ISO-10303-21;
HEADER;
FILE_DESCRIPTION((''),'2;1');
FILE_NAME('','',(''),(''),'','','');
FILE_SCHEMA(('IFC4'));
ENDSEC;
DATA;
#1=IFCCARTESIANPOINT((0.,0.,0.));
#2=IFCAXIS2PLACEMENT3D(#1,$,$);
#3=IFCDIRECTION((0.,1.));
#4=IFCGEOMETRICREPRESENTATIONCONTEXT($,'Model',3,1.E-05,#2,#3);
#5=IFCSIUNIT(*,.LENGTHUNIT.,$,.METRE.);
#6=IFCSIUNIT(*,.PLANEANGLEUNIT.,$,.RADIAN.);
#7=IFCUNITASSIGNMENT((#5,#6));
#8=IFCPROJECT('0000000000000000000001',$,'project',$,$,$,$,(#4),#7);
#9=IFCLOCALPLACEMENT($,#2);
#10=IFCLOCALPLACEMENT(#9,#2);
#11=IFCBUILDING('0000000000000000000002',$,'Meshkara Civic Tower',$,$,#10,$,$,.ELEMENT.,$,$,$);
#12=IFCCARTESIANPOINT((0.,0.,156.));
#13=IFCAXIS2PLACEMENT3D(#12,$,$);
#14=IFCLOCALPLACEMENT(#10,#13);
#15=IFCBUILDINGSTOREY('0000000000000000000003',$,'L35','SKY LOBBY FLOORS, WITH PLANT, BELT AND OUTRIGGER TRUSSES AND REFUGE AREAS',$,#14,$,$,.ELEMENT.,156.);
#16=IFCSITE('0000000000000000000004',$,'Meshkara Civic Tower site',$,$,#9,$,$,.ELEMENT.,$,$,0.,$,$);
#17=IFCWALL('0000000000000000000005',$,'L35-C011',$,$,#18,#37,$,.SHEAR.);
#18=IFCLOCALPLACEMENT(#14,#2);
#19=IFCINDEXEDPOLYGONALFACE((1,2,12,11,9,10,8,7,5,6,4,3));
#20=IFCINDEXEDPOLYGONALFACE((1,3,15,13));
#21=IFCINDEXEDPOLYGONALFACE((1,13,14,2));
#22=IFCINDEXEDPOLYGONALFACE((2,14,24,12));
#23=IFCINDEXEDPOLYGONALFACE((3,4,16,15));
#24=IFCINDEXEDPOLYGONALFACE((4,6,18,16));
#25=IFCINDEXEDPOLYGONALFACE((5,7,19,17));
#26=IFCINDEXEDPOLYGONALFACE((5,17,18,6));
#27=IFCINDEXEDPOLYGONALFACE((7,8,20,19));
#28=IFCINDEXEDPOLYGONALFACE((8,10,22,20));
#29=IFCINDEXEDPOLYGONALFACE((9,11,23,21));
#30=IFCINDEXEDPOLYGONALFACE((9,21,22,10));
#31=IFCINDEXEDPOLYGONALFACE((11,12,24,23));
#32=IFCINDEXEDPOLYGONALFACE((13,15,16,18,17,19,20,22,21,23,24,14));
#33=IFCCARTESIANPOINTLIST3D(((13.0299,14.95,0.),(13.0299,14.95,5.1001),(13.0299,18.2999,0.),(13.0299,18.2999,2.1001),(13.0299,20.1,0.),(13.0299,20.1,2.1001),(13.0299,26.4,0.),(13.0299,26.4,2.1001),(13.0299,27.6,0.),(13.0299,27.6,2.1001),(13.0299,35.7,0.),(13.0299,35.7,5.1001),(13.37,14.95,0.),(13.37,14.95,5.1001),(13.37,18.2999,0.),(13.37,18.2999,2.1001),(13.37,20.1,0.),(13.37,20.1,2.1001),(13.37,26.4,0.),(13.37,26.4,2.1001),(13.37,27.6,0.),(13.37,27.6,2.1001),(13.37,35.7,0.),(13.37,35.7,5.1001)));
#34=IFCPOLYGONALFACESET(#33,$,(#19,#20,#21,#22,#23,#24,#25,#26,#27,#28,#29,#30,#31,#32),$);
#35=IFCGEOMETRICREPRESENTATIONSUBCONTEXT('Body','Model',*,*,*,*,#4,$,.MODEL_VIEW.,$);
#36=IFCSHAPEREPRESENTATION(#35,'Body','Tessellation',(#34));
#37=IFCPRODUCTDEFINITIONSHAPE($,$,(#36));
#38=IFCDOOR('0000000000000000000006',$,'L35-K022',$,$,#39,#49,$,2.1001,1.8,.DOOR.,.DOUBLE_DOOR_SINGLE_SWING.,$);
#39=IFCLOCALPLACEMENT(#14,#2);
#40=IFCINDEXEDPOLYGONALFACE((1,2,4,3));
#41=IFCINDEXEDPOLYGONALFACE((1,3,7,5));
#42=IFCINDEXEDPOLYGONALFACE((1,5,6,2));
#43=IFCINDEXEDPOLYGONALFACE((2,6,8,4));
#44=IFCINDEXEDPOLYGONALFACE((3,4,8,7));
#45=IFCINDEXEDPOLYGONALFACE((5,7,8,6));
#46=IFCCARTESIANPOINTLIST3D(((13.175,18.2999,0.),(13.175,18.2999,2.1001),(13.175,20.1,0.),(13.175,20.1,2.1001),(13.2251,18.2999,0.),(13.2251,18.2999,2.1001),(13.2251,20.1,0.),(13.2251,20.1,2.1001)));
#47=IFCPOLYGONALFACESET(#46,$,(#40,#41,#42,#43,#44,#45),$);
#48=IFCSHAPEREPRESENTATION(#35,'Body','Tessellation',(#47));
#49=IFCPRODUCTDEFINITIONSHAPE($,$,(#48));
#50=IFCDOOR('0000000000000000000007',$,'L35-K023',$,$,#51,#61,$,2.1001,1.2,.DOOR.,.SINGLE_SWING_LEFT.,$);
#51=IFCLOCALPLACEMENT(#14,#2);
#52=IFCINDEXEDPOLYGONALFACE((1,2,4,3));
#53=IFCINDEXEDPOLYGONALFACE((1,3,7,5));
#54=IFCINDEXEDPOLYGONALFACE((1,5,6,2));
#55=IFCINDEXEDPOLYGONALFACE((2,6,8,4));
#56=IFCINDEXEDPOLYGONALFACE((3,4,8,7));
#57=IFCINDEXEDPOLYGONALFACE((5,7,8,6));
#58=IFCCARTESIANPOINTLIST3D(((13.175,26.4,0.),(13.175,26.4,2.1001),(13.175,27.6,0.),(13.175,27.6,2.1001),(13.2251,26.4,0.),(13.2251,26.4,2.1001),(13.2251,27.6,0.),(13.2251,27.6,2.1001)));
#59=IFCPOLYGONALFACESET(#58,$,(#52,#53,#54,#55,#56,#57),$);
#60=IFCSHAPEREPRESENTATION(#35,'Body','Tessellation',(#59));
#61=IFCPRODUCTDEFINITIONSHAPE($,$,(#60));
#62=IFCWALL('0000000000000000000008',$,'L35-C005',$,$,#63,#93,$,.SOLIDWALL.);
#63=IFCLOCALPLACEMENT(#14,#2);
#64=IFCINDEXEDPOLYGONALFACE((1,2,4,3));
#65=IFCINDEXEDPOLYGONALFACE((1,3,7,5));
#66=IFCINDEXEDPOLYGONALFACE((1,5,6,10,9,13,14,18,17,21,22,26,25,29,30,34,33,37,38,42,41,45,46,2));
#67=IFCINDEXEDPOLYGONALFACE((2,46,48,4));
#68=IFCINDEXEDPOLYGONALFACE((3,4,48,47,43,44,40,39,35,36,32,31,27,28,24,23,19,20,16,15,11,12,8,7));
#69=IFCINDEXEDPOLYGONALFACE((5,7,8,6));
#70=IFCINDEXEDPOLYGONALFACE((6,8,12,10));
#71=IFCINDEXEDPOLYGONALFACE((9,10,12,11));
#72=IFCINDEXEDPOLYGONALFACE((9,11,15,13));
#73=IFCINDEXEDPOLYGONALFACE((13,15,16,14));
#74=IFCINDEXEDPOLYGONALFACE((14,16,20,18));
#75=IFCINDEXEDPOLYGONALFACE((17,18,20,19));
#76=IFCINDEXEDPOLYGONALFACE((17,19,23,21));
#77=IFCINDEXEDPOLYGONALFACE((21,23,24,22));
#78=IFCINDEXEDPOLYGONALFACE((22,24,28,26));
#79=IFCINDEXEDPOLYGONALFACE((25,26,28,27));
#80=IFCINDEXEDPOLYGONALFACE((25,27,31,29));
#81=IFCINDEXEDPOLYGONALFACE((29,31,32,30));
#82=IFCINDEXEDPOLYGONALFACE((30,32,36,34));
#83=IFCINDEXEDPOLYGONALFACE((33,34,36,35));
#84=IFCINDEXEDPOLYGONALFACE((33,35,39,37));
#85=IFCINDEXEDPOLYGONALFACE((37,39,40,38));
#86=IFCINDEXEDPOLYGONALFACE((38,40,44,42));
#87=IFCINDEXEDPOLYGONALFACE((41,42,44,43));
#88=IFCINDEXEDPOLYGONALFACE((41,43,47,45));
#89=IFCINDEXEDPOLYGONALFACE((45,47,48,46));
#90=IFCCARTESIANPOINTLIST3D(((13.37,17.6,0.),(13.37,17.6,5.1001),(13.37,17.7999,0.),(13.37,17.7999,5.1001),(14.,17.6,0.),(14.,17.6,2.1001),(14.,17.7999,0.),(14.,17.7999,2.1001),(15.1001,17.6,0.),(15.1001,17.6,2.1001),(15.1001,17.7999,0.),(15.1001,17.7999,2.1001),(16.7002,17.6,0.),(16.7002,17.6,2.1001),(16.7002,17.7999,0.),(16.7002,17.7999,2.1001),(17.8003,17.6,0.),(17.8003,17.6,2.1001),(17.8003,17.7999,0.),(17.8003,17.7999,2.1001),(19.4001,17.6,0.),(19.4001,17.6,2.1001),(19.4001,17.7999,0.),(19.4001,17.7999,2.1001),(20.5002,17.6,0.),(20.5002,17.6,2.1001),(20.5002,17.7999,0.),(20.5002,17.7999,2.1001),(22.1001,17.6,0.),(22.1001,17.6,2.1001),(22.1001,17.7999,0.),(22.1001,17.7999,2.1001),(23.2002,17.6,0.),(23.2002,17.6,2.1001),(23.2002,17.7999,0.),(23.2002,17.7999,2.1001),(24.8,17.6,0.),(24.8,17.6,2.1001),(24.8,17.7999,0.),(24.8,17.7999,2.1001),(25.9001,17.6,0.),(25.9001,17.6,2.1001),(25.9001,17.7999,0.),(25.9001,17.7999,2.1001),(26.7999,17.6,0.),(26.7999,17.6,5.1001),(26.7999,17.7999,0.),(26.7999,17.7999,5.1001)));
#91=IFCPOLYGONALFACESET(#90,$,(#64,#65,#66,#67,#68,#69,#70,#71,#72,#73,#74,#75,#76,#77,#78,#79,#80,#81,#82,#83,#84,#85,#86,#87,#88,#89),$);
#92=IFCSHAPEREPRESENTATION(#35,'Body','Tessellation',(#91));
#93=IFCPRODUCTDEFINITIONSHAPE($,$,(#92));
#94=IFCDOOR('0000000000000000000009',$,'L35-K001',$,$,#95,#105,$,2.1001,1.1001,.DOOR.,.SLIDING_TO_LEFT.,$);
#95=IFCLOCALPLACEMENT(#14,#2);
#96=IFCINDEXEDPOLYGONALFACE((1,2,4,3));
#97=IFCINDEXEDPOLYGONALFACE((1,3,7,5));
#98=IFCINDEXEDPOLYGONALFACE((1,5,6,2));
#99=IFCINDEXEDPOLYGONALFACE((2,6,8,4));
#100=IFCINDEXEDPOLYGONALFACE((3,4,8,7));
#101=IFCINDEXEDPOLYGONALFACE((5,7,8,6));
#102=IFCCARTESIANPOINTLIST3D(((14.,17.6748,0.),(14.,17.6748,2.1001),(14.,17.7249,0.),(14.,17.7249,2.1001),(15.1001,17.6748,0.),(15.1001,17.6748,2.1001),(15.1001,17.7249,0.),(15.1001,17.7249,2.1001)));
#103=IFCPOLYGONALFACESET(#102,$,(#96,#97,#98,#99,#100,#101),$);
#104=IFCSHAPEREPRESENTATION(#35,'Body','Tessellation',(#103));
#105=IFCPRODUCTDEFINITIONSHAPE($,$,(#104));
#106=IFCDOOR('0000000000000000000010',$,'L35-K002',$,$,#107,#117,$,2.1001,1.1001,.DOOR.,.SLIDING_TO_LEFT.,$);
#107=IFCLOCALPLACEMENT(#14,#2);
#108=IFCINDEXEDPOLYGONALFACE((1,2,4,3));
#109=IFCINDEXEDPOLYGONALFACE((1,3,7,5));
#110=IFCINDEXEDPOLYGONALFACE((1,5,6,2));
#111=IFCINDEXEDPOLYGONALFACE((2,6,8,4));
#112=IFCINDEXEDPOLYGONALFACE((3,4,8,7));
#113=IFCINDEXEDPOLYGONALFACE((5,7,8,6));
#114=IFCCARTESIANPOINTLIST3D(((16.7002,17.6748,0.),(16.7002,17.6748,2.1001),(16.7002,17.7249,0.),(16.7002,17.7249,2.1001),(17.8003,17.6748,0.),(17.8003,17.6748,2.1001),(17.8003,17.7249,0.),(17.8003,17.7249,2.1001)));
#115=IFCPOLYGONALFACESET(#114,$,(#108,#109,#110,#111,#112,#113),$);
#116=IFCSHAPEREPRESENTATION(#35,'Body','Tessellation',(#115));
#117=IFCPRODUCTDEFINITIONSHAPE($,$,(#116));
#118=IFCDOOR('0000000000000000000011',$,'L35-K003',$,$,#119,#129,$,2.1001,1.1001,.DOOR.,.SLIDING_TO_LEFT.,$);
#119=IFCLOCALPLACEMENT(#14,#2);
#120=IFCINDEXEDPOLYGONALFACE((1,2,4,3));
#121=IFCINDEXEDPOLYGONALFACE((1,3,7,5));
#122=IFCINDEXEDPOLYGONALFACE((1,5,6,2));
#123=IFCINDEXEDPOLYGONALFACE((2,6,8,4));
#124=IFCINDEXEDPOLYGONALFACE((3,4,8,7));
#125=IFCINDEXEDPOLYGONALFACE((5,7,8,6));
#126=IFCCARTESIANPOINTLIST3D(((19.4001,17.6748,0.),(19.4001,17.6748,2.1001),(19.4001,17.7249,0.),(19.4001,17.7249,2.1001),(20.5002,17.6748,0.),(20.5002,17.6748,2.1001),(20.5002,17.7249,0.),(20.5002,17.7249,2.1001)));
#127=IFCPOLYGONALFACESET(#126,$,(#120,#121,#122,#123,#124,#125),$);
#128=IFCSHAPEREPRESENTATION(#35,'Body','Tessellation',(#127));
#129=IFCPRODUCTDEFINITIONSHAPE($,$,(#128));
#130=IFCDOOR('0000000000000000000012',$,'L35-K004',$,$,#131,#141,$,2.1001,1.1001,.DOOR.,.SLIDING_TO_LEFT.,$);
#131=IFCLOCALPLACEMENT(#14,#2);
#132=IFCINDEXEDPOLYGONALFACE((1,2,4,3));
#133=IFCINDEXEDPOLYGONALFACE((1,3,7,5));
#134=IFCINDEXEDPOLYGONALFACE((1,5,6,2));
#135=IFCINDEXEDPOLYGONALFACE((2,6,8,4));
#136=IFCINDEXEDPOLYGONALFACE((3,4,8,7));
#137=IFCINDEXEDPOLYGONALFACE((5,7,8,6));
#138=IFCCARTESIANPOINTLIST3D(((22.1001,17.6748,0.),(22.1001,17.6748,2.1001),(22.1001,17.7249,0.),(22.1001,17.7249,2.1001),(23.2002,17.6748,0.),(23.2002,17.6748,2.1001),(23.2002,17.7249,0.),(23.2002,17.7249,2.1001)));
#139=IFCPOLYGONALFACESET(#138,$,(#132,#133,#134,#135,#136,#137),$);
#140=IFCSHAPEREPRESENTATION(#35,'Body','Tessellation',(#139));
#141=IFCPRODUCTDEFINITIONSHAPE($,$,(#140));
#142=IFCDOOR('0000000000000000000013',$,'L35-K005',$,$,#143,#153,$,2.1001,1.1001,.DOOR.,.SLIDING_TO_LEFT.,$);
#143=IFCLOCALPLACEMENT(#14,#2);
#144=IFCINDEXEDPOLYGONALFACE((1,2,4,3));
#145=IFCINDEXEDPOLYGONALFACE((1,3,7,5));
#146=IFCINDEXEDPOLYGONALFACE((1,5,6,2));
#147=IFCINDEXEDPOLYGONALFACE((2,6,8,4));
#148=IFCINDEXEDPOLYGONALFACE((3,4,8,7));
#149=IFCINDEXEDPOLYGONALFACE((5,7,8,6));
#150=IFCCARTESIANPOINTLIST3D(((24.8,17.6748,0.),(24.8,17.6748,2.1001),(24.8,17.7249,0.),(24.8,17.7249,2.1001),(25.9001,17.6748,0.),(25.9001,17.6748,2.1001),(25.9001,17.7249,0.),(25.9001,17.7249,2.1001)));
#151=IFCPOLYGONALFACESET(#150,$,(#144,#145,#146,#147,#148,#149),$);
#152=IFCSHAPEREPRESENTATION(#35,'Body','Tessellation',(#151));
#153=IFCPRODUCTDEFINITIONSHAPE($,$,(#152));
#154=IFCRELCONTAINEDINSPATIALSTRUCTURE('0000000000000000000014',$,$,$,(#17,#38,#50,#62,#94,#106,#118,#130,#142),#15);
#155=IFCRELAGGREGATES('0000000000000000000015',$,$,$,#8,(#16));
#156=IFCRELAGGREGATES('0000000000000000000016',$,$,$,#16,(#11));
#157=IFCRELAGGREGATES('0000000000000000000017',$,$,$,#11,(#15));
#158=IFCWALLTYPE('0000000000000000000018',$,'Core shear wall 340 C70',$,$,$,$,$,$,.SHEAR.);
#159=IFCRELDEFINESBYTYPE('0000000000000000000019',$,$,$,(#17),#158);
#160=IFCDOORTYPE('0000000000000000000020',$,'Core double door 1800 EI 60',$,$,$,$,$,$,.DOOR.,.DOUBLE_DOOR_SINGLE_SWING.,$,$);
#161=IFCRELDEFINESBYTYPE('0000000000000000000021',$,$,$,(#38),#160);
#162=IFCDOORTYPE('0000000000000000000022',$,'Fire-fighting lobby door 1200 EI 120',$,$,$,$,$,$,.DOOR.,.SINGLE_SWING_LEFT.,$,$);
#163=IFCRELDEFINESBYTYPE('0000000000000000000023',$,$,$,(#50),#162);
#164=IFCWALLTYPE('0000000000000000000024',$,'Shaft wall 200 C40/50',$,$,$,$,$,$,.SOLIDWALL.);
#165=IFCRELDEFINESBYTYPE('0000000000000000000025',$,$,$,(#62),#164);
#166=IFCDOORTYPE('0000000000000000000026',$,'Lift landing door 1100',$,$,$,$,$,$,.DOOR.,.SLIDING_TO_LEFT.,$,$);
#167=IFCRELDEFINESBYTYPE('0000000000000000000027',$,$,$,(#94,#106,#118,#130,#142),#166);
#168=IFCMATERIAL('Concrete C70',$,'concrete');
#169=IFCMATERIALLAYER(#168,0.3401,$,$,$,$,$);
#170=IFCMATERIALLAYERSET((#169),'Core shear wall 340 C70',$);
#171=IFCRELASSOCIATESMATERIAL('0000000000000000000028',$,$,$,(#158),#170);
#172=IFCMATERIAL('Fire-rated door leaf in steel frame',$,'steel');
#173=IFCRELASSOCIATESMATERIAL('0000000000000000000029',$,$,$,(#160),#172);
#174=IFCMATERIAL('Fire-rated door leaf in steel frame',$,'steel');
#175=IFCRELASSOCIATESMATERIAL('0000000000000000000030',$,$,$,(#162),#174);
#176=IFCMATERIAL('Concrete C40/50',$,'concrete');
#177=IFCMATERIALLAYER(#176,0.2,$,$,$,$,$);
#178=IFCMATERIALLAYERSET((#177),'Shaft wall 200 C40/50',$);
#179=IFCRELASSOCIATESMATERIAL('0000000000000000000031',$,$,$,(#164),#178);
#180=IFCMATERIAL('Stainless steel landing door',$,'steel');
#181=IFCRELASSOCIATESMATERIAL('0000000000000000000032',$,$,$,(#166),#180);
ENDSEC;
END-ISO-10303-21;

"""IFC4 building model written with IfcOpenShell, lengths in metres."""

from ifc_helpers import new_model, si_unit, direction, frame, frame_2d, origin, place, context, subcontext, project, spatial, rectangle, extrude, material, layer, layer_set, type_object, element, fill, save


model = new_model("IFC4")

# Units and contexts
model_context = context("Model", 3, precision=1e-05, world=origin(), true_north=direction((0.0, 1.0)))
body_context = subcontext(model_context, "Body", "Model", "MODEL_VIEW")
ifc_project = project(units=[si_unit("LENGTHUNIT", "METRE"), si_unit("PLANEANGLEUNIT", "RADIAN")], contexts=[model_context])

# Site, building, storey
site_placement = place(None, origin())
site = spatial("IfcSite", under=ifc_project, at=site_placement, Name="Meshkara Civic Tower site", CompositionType="ELEMENT", RefElevation=0.0)
building_placement = place(site_placement, origin())
building = spatial("IfcBuilding", under=site, at=building_placement, Name="Meshkara Civic Tower", CompositionType="ELEMENT")
storey_placement = place(building_placement, frame((0.0, 0.0, 156.0)))
storey = spatial("IfcBuildingStorey", under=building, at=storey_placement, Name="L35", Description="SKY LOBBY FLOORS, WITH PLANT, BELT AND OUTRIGGER TRUSSES AND REFUGE AREAS", CompositionType="ELEMENT", Elevation=156.0)

# Walls, openings, doors
ifc_material_1 = material(Name="Concrete C70", Category="concrete")
ifc_layer_1 = layer(ifc_material_1, 0.3401)
ifc_layer_set_1 = layer_set([ifc_layer_1], Name="Core shear wall 340 C70")
wall_type_1 = type_object("IfcWallType", Name="Core shear wall 340 C70", PredefinedType="SHEAR", material=ifc_layer_set_1)
wall_1_placement = place(storey_placement, frame((13.2, 14.95, 0.0), z_axis=(0.0, 0.0, 1.0), x_axis=(0.0, 1.0, 0.0)))
wall_1 = element("IfcWall", 1, at=wall_1_placement, inside=storey, type_object=wall_type_1, Name="L35-C011", PredefinedType="SHEAR", context=body_context, shape_type="SweptSolid", body=[
    extrude(rectangle(XDim=20.75, YDim=0.3401, at=frame_2d((10.375, 0.0))), origin(), (0.0, 0.0, 1.0), 5.1001),
])
opening_1_placement = place(wall_1_placement, frame((3.3501, 0.0, 0.0)))
opening_1 = element("IfcOpeningElement", 2, at=opening_1_placement, cuts=wall_1, PredefinedType="OPENING", context=body_context, shape_type="SweptSolid", body=[
    extrude(rectangle(XDim=1.8, YDim=2.1001, at=frame_2d((0.8999, 1.05))), frame((0.0, 0.1799, 0.0), z_axis=(0.0, -1.0, 0.0), x_axis=(1.0, 0.0, 0.0)), (0.0, 0.0, 1.0), 0.3601),
])
opening_2_placement = place(wall_1_placement, frame((11.45, 0.0, 0.0)))
opening_2 = element("IfcOpeningElement", 3, at=opening_2_placement, cuts=wall_1, PredefinedType="OPENING", context=body_context, shape_type="SweptSolid", body=[
    extrude(rectangle(XDim=1.2, YDim=2.1001, at=frame_2d((0.6001, 1.05))), frame((0.0, 0.1799, 0.0), z_axis=(0.0, -1.0, 0.0), x_axis=(1.0, 0.0, 0.0)), (0.0, 0.0, 1.0), 0.3601),
])
ifc_material_2 = material(Name="Fire-rated door leaf in steel frame", Category="steel")
door_type_1 = type_object("IfcDoorType", Name="Core double door 1800 EI 60", OperationType="DOUBLE_DOOR_SINGLE_SWING", PredefinedType="DOOR", material=ifc_material_2)
door_1_placement = place(opening_1_placement, origin())
door_1 = element("IfcDoor", 4, at=door_1_placement, inside=storey, type_object=door_type_1, Name="L35-K022", OperationType="DOUBLE_DOOR_SINGLE_SWING", OverallHeight=2.1001, OverallWidth=1.8, PredefinedType="DOOR", context=body_context, shape_type="SweptSolid", body=[
    extrude(rectangle(XDim=1.8, YDim=2.1001, at=frame_2d((0.8999, 1.05))), frame((0.0, 0.0249, 0.0), z_axis=(0.0, -1.0, 0.0), x_axis=(1.0, 0.0, 0.0)), (0.0, 0.0, 1.0), 0.05),
])
fill(opening_1, door_1)
ifc_material_3 = material(Name="Fire-rated door leaf in steel frame", Category="steel")
door_type_2 = type_object("IfcDoorType", Name="Fire-fighting lobby door 1200 EI 120", OperationType="SINGLE_SWING_LEFT", PredefinedType="DOOR", material=ifc_material_3)
door_2_placement = place(opening_2_placement, origin())
door_2 = element("IfcDoor", 5, at=door_2_placement, inside=storey, type_object=door_type_2, Name="L35-K023", OperationType="SINGLE_SWING_LEFT", OverallHeight=2.1001, OverallWidth=1.2, PredefinedType="DOOR", context=body_context, shape_type="SweptSolid", body=[
    extrude(rectangle(XDim=1.2, YDim=2.1001, at=frame_2d((0.6001, 1.05))), frame((0.0, 0.0249, 0.0), z_axis=(0.0, -1.0, 0.0), x_axis=(1.0, 0.0, 0.0)), (0.0, 0.0, 1.0), 0.05),
])
fill(opening_2, door_2)
ifc_material_4 = material(Name="Concrete C40/50", Category="concrete")
ifc_layer_2 = layer(ifc_material_4, 0.2)
ifc_layer_set_2 = layer_set([ifc_layer_2], Name="Shaft wall 200 C40/50")
wall_type_2 = type_object("IfcWallType", Name="Shaft wall 200 C40/50", PredefinedType="SOLIDWALL", material=ifc_layer_set_2)
wall_2_placement = place(storey_placement, frame((13.3701, 17.7, 0.0), z_axis=(0.0, 0.0, 1.0), x_axis=(1.0, 0.0, 0.0)))
wall_2 = element("IfcWall", 6, at=wall_2_placement, inside=storey, type_object=wall_type_2, Name="L35-C005", PredefinedType="SOLIDWALL", context=body_context, shape_type="SweptSolid", body=[
    extrude(rectangle(XDim=13.4299, YDim=0.2, at=frame_2d((6.7148, 0.0))), origin(), (0.0, 0.0, 1.0), 5.1001),
])
opening_3_placement = place(wall_2_placement, frame((0.6299, 0.0, 0.0)))
opening_3 = element("IfcOpeningElement", 7, at=opening_3_placement, cuts=wall_2, PredefinedType="OPENING", context=body_context, shape_type="SweptSolid", body=[
    extrude(rectangle(XDim=1.1001, YDim=2.1001, at=frame_2d((0.55, 1.05))), frame((0.0, 0.1099, 0.0), z_axis=(0.0, -1.0, 0.0), x_axis=(1.0, 0.0, 0.0)), (0.0, 0.0, 1.0), 0.22),
])
opening_4_placement = place(wall_2_placement, frame((3.3301, 0.0, 0.0)))
opening_4 = element("IfcOpeningElement", 8, at=opening_4_placement, cuts=wall_2, PredefinedType="OPENING", context=body_context, shape_type="SweptSolid", body=[
    extrude(rectangle(XDim=1.1001, YDim=2.1001, at=frame_2d((0.55, 1.05))), frame((0.0, 0.1099, 0.0), z_axis=(0.0, -1.0, 0.0), x_axis=(1.0, 0.0, 0.0)), (0.0, 0.0, 1.0), 0.22),
])
opening_5_placement = place(wall_2_placement, frame((6.03, 0.0, 0.0)))
opening_5 = element("IfcOpeningElement", 9, at=opening_5_placement, cuts=wall_2, PredefinedType="OPENING", context=body_context, shape_type="SweptSolid", body=[
    extrude(rectangle(XDim=1.1001, YDim=2.1001, at=frame_2d((0.55, 1.05))), frame((0.0, 0.1099, 0.0), z_axis=(0.0, -1.0, 0.0), x_axis=(1.0, 0.0, 0.0)), (0.0, 0.0, 1.0), 0.22),
])
opening_6_placement = place(wall_2_placement, frame((8.73, 0.0, 0.0)))
opening_6 = element("IfcOpeningElement", 10, at=opening_6_placement, cuts=wall_2, PredefinedType="OPENING", context=body_context, shape_type="SweptSolid", body=[
    extrude(rectangle(XDim=1.1001, YDim=2.1001, at=frame_2d((0.55, 1.05))), frame((0.0, 0.1099, 0.0), z_axis=(0.0, -1.0, 0.0), x_axis=(1.0, 0.0, 0.0)), (0.0, 0.0, 1.0), 0.22),
])
opening_7_placement = place(wall_2_placement, frame((11.4299, 0.0, 0.0)))
opening_7 = element("IfcOpeningElement", 11, at=opening_7_placement, cuts=wall_2, PredefinedType="OPENING", context=body_context, shape_type="SweptSolid", body=[
    extrude(rectangle(XDim=1.1001, YDim=2.1001, at=frame_2d((0.55, 1.05))), frame((0.0, 0.1099, 0.0), z_axis=(0.0, -1.0, 0.0), x_axis=(1.0, 0.0, 0.0)), (0.0, 0.0, 1.0), 0.22),
])
ifc_material_5 = material(Name="Stainless steel landing door", Category="steel")
door_type_3 = type_object("IfcDoorType", Name="Lift landing door 1100", OperationType="SLIDING_TO_LEFT", PredefinedType="DOOR", material=ifc_material_5)
door_3_placement = place(opening_3_placement, origin())
door_3 = element("IfcDoor", 12, at=door_3_placement, inside=storey, type_object=door_type_3, Name="L35-K001", OperationType="SLIDING_TO_LEFT", OverallHeight=2.1001, OverallWidth=1.1001, PredefinedType="DOOR", context=body_context, shape_type="SweptSolid", body=[
    extrude(rectangle(XDim=1.1001, YDim=2.1001, at=frame_2d((0.55, 1.05))), frame((0.0, 0.0249, 0.0), z_axis=(0.0, -1.0, 0.0), x_axis=(1.0, 0.0, 0.0)), (0.0, 0.0, 1.0), 0.05),
])
fill(opening_3, door_3)
door_4_placement = place(opening_4_placement, origin())
door_4 = element("IfcDoor", 13, at=door_4_placement, inside=storey, type_object=door_type_3, Name="L35-K002", OperationType="SLIDING_TO_LEFT", OverallHeight=2.1001, OverallWidth=1.1001, PredefinedType="DOOR", context=body_context, shape_type="SweptSolid", body=[
    extrude(rectangle(XDim=1.1001, YDim=2.1001, at=frame_2d((0.55, 1.05))), frame((0.0, 0.0249, 0.0), z_axis=(0.0, -1.0, 0.0), x_axis=(1.0, 0.0, 0.0)), (0.0, 0.0, 1.0), 0.05),
])
fill(opening_4, door_4)
door_5_placement = place(opening_5_placement, origin())
door_5 = element("IfcDoor", 14, at=door_5_placement, inside=storey, type_object=door_type_3, Name="L35-K003", OperationType="SLIDING_TO_LEFT", OverallHeight=2.1001, OverallWidth=1.1001, PredefinedType="DOOR", context=body_context, shape_type="SweptSolid", body=[
    extrude(rectangle(XDim=1.1001, YDim=2.1001, at=frame_2d((0.55, 1.05))), frame((0.0, 0.0249, 0.0), z_axis=(0.0, -1.0, 0.0), x_axis=(1.0, 0.0, 0.0)), (0.0, 0.0, 1.0), 0.05),
])
fill(opening_5, door_5)
door_6_placement = place(opening_6_placement, origin())
door_6 = element("IfcDoor", 15, at=door_6_placement, inside=storey, type_object=door_type_3, Name="L35-K004", OperationType="SLIDING_TO_LEFT", OverallHeight=2.1001, OverallWidth=1.1001, PredefinedType="DOOR", context=body_context, shape_type="SweptSolid", body=[
    extrude(rectangle(XDim=1.1001, YDim=2.1001, at=frame_2d((0.55, 1.05))), frame((0.0, 0.0249, 0.0), z_axis=(0.0, -1.0, 0.0), x_axis=(1.0, 0.0, 0.0)), (0.0, 0.0, 1.0), 0.05),
])
fill(opening_6, door_6)
door_7_placement = place(opening_7_placement, origin())
door_7 = element("IfcDoor", 16, at=door_7_placement, inside=storey, type_object=door_type_3, Name="L35-K005", OperationType="SLIDING_TO_LEFT", OverallHeight=2.1001, OverallWidth=1.1001, PredefinedType="DOOR", context=body_context, shape_type="SweptSolid", body=[
    extrude(rectangle(XDim=1.1001, YDim=2.1001, at=frame_2d((0.55, 1.05))), frame((0.0, 0.0249, 0.0), z_axis=(0.0, -1.0, 0.0), x_axis=(1.0, 0.0, 0.0)), (0.0, 0.0, 1.0), 0.05),
])
fill(opening_7, door_7)

save(model, "model.ifc")
